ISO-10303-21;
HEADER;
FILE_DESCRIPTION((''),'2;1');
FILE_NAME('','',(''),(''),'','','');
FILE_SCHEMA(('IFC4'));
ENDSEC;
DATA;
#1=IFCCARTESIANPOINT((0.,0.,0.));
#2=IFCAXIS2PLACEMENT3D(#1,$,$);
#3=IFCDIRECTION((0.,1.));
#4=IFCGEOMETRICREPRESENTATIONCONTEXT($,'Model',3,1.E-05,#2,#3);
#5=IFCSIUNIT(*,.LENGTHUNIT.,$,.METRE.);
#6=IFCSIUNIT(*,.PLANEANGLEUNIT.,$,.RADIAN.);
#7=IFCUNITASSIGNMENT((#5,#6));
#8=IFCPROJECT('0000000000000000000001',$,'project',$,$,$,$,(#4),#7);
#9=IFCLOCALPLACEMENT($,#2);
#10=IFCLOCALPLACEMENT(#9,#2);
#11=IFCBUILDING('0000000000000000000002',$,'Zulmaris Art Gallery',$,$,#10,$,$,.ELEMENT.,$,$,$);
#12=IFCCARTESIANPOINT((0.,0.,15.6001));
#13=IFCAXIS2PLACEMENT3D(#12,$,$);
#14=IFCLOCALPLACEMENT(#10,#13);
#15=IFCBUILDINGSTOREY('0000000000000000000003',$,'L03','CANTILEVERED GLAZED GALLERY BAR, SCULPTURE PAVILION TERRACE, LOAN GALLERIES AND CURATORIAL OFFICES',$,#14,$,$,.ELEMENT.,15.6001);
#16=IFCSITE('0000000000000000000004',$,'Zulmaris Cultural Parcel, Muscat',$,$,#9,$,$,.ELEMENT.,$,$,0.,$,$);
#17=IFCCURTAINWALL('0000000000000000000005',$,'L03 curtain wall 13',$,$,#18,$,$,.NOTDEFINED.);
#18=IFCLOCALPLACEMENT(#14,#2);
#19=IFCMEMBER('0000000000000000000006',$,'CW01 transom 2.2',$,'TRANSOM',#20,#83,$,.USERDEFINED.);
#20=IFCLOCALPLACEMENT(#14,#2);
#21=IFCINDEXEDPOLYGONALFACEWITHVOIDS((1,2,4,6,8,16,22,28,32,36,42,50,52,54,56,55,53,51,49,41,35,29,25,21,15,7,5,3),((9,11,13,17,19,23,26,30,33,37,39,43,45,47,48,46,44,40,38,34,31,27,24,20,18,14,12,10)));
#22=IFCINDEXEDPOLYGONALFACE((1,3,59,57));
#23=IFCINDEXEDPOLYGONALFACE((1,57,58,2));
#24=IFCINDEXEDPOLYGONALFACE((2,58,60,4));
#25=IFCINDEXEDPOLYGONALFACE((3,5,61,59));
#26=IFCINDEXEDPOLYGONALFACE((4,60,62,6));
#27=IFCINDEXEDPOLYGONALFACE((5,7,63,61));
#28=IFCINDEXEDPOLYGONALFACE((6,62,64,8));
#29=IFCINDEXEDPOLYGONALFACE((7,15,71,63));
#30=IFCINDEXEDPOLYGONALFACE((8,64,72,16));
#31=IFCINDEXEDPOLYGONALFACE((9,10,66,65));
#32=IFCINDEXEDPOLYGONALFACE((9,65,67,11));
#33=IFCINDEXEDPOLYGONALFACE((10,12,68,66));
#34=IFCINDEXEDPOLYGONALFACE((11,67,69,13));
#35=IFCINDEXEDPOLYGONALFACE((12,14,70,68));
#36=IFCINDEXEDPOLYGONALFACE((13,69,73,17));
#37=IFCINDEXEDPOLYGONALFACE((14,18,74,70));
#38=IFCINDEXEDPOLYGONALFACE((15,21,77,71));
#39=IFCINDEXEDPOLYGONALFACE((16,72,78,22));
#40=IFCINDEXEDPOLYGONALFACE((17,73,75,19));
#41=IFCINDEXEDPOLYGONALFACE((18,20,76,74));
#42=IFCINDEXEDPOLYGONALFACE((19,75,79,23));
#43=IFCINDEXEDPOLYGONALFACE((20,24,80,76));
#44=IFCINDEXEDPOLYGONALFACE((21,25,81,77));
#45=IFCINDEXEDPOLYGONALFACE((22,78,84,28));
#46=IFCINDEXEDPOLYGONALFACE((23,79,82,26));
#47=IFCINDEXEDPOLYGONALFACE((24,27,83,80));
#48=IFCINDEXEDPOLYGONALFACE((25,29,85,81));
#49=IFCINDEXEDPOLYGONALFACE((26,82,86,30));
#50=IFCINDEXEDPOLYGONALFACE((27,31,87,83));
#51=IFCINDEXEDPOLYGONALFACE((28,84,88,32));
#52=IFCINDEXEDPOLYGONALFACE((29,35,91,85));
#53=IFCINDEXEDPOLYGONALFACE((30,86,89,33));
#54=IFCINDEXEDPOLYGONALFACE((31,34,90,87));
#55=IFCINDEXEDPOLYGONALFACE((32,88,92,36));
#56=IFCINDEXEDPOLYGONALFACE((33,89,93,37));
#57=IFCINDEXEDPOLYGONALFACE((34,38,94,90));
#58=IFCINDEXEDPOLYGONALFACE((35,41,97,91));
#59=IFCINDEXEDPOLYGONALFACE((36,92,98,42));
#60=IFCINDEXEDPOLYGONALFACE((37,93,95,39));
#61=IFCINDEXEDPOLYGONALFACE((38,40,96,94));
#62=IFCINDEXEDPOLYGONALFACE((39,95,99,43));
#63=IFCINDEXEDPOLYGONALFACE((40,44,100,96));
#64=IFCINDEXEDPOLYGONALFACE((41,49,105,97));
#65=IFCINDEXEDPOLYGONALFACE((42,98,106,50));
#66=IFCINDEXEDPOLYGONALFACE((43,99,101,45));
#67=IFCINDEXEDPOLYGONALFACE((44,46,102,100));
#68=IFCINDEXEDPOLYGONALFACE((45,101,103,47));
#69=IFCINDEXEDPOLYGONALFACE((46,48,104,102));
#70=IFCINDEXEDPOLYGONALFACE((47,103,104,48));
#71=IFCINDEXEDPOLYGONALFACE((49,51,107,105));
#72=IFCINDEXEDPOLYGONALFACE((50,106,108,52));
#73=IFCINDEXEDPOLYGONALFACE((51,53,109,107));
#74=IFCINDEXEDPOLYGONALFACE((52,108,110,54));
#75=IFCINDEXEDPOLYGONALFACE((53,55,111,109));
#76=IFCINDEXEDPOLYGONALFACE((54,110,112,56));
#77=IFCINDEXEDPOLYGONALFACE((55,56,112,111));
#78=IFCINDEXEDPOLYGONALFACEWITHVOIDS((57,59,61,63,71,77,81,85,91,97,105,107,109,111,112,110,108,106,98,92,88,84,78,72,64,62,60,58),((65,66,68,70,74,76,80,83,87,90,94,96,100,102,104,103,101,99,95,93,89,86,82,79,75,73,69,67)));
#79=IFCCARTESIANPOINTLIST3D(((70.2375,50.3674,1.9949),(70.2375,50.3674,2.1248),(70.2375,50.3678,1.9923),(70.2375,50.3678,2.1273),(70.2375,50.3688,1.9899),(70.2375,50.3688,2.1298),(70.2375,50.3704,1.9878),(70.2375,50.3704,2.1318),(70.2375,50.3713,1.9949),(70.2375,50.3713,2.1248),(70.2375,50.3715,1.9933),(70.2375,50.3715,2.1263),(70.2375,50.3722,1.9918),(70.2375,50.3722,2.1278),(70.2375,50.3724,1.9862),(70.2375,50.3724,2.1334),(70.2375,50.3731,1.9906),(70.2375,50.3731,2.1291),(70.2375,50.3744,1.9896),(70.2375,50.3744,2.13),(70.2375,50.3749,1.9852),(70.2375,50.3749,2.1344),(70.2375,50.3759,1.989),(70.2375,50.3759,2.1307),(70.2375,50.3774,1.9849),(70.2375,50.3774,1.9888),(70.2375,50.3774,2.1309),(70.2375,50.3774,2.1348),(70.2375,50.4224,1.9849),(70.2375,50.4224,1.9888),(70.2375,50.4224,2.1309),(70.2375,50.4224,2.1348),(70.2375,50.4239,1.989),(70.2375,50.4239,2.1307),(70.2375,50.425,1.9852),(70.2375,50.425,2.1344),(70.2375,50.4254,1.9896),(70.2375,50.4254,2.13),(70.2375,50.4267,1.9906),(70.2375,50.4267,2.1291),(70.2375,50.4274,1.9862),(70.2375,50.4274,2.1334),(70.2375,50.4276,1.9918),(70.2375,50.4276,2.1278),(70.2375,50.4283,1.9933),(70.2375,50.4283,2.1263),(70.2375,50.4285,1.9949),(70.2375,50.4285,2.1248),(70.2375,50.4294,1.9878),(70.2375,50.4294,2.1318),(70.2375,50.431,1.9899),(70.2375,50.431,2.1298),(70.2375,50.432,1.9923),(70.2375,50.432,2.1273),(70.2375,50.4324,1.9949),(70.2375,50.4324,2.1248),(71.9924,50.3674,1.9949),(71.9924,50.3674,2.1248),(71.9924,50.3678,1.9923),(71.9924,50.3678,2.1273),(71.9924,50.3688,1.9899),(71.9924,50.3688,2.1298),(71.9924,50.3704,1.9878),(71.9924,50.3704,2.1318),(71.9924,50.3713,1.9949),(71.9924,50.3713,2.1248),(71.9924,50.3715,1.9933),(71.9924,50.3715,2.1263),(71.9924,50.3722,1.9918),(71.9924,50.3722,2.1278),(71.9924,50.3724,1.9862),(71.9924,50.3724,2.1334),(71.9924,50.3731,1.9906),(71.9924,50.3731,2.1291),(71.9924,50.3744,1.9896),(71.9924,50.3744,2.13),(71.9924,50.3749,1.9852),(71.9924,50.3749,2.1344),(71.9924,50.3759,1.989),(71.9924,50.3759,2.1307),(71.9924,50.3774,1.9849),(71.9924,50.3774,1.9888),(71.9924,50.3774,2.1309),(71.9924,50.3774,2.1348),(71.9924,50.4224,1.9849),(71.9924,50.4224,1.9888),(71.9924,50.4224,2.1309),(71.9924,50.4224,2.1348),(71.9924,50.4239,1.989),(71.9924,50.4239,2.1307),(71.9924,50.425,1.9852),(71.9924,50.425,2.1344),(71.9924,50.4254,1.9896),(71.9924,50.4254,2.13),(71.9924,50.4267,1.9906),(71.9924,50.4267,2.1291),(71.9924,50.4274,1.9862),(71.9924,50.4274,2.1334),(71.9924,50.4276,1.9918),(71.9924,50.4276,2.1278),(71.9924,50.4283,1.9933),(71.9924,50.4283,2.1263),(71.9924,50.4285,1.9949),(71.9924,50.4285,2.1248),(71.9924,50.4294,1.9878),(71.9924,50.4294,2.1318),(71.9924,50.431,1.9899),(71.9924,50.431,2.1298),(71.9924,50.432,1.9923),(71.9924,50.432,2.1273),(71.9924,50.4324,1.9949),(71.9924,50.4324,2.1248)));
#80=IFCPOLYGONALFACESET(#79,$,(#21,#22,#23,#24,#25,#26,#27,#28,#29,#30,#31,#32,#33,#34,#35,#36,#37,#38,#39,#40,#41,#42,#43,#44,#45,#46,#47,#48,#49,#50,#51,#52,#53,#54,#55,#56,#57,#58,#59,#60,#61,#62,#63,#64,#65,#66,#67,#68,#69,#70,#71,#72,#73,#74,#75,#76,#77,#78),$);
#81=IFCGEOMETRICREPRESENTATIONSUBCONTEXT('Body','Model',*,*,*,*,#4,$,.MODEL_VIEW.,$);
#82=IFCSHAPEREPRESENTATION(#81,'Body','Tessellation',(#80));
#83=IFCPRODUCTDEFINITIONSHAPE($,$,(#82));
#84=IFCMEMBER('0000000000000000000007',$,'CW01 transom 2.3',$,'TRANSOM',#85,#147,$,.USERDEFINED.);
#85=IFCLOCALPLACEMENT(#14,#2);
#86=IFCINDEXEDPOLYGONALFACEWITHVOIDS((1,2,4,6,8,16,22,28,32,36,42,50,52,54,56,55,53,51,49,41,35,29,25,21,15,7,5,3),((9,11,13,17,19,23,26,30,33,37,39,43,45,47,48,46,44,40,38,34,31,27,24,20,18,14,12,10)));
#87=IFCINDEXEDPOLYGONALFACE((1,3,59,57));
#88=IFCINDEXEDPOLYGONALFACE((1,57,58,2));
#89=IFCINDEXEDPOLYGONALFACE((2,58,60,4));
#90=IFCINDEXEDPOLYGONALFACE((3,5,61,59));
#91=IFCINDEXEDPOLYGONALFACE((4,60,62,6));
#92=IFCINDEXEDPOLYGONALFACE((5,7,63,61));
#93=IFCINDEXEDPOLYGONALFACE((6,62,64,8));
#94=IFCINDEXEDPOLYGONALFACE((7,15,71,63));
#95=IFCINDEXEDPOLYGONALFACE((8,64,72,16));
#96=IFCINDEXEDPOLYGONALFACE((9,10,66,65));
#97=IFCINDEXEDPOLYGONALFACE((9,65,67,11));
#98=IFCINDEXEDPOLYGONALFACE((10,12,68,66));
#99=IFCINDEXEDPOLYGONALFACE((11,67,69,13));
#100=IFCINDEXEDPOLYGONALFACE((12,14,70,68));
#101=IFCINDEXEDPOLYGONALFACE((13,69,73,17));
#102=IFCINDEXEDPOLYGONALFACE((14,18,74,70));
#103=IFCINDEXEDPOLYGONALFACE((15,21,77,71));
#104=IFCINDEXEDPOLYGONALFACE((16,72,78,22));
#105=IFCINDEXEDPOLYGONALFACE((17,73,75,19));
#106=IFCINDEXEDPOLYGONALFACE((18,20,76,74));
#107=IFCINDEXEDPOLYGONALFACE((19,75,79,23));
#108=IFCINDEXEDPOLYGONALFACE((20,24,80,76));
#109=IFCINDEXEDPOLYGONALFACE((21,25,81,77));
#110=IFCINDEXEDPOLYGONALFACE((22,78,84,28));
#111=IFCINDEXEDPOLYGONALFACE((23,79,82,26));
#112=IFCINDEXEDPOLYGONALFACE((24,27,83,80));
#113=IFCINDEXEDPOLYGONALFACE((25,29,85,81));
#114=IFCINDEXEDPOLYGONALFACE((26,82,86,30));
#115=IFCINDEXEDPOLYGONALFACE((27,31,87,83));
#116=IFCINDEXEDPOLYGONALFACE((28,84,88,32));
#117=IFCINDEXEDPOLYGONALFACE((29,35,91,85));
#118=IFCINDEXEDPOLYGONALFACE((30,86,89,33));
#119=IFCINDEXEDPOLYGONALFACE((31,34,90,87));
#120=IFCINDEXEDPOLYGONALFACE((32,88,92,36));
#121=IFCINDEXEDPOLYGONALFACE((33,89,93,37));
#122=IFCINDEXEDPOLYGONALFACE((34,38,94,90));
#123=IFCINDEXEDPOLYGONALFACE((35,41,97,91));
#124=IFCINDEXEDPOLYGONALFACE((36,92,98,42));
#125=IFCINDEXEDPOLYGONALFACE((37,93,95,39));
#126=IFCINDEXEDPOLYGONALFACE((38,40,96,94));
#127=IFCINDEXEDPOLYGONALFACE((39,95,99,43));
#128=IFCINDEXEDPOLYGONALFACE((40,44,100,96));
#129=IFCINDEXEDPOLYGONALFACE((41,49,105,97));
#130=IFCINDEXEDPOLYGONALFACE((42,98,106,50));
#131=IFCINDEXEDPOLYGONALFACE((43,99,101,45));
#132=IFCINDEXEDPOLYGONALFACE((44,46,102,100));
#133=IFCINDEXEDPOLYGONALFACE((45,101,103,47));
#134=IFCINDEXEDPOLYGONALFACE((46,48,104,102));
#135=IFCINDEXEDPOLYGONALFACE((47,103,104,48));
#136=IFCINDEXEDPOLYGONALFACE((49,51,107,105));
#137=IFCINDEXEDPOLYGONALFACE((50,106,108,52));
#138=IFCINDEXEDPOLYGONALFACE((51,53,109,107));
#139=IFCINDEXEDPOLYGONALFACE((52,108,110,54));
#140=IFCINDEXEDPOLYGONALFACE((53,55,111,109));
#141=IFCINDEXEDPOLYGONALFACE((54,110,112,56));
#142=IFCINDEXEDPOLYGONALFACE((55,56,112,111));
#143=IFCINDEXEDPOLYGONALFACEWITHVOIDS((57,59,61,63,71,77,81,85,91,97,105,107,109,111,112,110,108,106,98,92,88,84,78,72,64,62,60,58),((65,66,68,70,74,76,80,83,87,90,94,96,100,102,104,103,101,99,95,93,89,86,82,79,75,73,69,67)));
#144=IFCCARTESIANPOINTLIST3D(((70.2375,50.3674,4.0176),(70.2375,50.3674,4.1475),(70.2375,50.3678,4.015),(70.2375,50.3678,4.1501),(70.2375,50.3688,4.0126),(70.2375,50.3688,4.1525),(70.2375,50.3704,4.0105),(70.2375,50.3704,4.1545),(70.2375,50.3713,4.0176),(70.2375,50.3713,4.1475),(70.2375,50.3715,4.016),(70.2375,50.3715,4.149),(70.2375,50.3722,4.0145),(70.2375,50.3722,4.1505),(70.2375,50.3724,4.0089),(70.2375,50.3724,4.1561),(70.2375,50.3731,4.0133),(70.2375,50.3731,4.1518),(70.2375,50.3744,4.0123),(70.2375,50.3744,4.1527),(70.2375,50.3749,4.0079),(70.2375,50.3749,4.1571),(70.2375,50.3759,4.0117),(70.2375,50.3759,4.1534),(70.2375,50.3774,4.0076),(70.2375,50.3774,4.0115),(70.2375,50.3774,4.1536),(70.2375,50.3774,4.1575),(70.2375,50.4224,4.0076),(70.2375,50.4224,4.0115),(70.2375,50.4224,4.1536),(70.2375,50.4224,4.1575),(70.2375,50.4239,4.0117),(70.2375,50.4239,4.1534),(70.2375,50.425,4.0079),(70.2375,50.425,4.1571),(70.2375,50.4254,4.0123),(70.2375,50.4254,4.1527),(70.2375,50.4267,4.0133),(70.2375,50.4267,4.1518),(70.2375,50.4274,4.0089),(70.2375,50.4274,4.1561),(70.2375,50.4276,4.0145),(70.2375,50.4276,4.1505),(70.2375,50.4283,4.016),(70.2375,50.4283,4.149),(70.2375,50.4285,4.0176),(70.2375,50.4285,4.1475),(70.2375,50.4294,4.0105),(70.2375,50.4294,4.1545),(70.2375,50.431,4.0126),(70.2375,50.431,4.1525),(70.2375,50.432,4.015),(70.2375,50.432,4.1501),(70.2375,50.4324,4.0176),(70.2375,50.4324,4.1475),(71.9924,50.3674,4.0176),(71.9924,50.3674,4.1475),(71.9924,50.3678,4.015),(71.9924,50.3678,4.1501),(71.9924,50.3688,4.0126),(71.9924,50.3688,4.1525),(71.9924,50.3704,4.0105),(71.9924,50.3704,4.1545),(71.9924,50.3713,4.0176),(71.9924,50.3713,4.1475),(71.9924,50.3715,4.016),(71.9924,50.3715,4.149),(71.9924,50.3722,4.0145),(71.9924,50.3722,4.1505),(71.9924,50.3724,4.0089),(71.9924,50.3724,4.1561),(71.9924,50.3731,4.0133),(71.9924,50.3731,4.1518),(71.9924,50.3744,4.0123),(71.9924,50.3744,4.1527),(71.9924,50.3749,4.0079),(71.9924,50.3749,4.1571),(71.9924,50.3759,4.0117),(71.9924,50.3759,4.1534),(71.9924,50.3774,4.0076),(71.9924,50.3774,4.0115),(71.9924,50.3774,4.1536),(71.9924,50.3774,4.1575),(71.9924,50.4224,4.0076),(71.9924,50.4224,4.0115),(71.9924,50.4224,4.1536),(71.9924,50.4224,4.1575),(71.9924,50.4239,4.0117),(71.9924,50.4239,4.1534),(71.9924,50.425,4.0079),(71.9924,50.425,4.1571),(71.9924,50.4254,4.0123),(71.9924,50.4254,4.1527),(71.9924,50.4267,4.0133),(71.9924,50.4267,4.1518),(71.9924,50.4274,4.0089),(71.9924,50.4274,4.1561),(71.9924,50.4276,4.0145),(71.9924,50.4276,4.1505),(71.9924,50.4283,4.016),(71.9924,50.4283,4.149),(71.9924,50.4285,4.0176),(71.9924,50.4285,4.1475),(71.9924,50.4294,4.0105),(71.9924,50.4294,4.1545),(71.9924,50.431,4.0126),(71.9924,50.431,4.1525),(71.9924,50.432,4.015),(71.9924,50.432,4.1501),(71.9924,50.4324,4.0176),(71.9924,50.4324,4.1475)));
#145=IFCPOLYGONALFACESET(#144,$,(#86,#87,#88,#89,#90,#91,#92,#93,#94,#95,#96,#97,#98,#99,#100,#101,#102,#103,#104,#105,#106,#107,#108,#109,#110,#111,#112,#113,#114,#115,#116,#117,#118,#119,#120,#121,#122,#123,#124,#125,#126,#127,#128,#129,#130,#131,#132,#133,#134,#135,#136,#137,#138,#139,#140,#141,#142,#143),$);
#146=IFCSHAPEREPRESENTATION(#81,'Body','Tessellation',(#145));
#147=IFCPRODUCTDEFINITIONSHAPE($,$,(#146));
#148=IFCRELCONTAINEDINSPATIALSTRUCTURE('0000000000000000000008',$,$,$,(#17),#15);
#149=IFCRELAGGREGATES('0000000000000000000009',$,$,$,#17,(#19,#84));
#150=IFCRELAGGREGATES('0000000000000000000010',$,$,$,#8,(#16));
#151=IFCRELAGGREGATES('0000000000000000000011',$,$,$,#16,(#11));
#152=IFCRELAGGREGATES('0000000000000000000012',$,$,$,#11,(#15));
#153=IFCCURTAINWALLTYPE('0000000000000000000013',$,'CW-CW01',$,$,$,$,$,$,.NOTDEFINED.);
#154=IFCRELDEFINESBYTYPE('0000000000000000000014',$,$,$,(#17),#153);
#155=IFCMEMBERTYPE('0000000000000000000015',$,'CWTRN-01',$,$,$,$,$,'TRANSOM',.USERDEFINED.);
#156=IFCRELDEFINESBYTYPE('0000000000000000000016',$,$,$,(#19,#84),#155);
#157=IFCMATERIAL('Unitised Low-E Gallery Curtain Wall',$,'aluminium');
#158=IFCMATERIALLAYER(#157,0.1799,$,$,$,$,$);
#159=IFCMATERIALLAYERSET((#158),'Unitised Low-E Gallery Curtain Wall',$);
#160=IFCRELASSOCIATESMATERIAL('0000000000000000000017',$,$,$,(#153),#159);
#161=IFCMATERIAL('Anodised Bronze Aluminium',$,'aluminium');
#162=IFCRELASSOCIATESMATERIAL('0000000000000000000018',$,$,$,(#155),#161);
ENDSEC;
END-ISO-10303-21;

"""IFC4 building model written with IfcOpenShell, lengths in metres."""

from ifc_helpers import new_model, si_unit, direction, frame, origin, origin_2d, place, context, subcontext, project, spatial, hollow_rectangle, extrude, material, layer, layer_set, material_profile, profile_set, type_object, element, aggregate, save


model = new_model("IFC4")

# Units and contexts
model_context = context("Model", 3, precision=1e-05, world=origin(), true_north=direction((0.0, 1.0)))
body_context = subcontext(model_context, "Body", "Model", "MODEL_VIEW")
ifc_project = project(units=[si_unit("LENGTHUNIT", "METRE"), si_unit("PLANEANGLEUNIT", "RADIAN")], contexts=[model_context])

# Site, building, storey
site_placement = place(None, origin())
site = spatial("IfcSite", under=ifc_project, at=site_placement, Name="Zulmaris Cultural Parcel, Muscat", CompositionType="ELEMENT", RefElevation=0.0)
building_placement = place(site_placement, origin())
building = spatial("IfcBuilding", under=site, at=building_placement, Name="Zulmaris Art Gallery", CompositionType="ELEMENT")
storey_placement = place(building_placement, frame((0.0, 0.0, 15.6001)))
storey = spatial("IfcBuildingStorey", under=building, at=storey_placement, Name="L03", Description="CANTILEVERED GLAZED GALLERY BAR, SCULPTURE PAVILION TERRACE, LOAN GALLERIES AND CURATORIAL OFFICES", CompositionType="ELEMENT", Elevation=15.6001)

# Curtain wall
ifc_material_1 = material(Name="Unitised Low-E Gallery Curtain Wall", Category="aluminium")
ifc_layer_1 = layer(ifc_material_1, 0.1799)
ifc_layer_set_1 = layer_set([ifc_layer_1], Name="Unitised Low-E Gallery Curtain Wall")
curtain_wall_type = type_object("IfcCurtainWallType", Name="CW-CW01", PredefinedType="NOTDEFINED", material=ifc_layer_set_1)
ifc_material_2 = material(Name="Anodised Bronze Aluminium", Category="aluminium")
curtain_wall_1_placement = place(storey_placement, origin())
curtain_wall_1 = element("IfcCurtainWall", 1, at=curtain_wall_1_placement, inside=storey, type_object=curtain_wall_type, Name="L03 curtain wall 13", PredefinedType="NOTDEFINED")

# Members
ifc_material_profile_1 = material_profile(ifc_material_2, hollow_rectangle(XDim=0.0649, YDim=0.1499, WallThickness=0.0039, InnerFilletRadius=0.0061, OuterFilletRadius=0.01, at=origin_2d()), Name="ALU 65x150x4")
ifc_profile_set_1 = profile_set([ifc_material_profile_1], Name="Anodised Bronze Aluminium")
member_type_1 = type_object("IfcMemberType", Name="CWTRN-01", ElementType="TRANSOM", PredefinedType="USERDEFINED", material=ifc_profile_set_1)
member_1_placement = place(storey_placement, frame((71.9924, 50.3999, 2.0598), z_axis=(-1.0, 0.0, 0.0), x_axis=(0.0, -1.0, 0.0)))
member_1 = element("IfcMember", 2, at=member_1_placement, type_object=member_type_1, Name="CW01 transom 2.2", ObjectType="TRANSOM", PredefinedType="USERDEFINED", context=body_context, shape_type="SweptSolid", body=[
    extrude(hollow_rectangle(XDim=0.0649, YDim=0.1499, WallThickness=0.0039, InnerFilletRadius=0.0061, OuterFilletRadius=0.01, at=origin_2d()), origin(), (0.0, 0.0, 1.0), 1.7549),
])
member_2_placement = place(storey_placement, frame((71.9924, 50.3999, 4.0825), z_axis=(-1.0, 0.0, 0.0), x_axis=(0.0, -1.0, 0.0)))
member_2 = element("IfcMember", 3, at=member_2_placement, type_object=member_type_1, Name="CW01 transom 2.3", ObjectType="TRANSOM", PredefinedType="USERDEFINED", context=body_context, shape_type="SweptSolid", body=[
    extrude(hollow_rectangle(XDim=0.0649, YDim=0.1499, WallThickness=0.0039, InnerFilletRadius=0.0061, OuterFilletRadius=0.01, at=origin_2d()), origin(), (0.0, 0.0, 1.0), 1.7549),
])

aggregate(curtain_wall_1, [member_1, member_2])

save(model, "model.ifc")
